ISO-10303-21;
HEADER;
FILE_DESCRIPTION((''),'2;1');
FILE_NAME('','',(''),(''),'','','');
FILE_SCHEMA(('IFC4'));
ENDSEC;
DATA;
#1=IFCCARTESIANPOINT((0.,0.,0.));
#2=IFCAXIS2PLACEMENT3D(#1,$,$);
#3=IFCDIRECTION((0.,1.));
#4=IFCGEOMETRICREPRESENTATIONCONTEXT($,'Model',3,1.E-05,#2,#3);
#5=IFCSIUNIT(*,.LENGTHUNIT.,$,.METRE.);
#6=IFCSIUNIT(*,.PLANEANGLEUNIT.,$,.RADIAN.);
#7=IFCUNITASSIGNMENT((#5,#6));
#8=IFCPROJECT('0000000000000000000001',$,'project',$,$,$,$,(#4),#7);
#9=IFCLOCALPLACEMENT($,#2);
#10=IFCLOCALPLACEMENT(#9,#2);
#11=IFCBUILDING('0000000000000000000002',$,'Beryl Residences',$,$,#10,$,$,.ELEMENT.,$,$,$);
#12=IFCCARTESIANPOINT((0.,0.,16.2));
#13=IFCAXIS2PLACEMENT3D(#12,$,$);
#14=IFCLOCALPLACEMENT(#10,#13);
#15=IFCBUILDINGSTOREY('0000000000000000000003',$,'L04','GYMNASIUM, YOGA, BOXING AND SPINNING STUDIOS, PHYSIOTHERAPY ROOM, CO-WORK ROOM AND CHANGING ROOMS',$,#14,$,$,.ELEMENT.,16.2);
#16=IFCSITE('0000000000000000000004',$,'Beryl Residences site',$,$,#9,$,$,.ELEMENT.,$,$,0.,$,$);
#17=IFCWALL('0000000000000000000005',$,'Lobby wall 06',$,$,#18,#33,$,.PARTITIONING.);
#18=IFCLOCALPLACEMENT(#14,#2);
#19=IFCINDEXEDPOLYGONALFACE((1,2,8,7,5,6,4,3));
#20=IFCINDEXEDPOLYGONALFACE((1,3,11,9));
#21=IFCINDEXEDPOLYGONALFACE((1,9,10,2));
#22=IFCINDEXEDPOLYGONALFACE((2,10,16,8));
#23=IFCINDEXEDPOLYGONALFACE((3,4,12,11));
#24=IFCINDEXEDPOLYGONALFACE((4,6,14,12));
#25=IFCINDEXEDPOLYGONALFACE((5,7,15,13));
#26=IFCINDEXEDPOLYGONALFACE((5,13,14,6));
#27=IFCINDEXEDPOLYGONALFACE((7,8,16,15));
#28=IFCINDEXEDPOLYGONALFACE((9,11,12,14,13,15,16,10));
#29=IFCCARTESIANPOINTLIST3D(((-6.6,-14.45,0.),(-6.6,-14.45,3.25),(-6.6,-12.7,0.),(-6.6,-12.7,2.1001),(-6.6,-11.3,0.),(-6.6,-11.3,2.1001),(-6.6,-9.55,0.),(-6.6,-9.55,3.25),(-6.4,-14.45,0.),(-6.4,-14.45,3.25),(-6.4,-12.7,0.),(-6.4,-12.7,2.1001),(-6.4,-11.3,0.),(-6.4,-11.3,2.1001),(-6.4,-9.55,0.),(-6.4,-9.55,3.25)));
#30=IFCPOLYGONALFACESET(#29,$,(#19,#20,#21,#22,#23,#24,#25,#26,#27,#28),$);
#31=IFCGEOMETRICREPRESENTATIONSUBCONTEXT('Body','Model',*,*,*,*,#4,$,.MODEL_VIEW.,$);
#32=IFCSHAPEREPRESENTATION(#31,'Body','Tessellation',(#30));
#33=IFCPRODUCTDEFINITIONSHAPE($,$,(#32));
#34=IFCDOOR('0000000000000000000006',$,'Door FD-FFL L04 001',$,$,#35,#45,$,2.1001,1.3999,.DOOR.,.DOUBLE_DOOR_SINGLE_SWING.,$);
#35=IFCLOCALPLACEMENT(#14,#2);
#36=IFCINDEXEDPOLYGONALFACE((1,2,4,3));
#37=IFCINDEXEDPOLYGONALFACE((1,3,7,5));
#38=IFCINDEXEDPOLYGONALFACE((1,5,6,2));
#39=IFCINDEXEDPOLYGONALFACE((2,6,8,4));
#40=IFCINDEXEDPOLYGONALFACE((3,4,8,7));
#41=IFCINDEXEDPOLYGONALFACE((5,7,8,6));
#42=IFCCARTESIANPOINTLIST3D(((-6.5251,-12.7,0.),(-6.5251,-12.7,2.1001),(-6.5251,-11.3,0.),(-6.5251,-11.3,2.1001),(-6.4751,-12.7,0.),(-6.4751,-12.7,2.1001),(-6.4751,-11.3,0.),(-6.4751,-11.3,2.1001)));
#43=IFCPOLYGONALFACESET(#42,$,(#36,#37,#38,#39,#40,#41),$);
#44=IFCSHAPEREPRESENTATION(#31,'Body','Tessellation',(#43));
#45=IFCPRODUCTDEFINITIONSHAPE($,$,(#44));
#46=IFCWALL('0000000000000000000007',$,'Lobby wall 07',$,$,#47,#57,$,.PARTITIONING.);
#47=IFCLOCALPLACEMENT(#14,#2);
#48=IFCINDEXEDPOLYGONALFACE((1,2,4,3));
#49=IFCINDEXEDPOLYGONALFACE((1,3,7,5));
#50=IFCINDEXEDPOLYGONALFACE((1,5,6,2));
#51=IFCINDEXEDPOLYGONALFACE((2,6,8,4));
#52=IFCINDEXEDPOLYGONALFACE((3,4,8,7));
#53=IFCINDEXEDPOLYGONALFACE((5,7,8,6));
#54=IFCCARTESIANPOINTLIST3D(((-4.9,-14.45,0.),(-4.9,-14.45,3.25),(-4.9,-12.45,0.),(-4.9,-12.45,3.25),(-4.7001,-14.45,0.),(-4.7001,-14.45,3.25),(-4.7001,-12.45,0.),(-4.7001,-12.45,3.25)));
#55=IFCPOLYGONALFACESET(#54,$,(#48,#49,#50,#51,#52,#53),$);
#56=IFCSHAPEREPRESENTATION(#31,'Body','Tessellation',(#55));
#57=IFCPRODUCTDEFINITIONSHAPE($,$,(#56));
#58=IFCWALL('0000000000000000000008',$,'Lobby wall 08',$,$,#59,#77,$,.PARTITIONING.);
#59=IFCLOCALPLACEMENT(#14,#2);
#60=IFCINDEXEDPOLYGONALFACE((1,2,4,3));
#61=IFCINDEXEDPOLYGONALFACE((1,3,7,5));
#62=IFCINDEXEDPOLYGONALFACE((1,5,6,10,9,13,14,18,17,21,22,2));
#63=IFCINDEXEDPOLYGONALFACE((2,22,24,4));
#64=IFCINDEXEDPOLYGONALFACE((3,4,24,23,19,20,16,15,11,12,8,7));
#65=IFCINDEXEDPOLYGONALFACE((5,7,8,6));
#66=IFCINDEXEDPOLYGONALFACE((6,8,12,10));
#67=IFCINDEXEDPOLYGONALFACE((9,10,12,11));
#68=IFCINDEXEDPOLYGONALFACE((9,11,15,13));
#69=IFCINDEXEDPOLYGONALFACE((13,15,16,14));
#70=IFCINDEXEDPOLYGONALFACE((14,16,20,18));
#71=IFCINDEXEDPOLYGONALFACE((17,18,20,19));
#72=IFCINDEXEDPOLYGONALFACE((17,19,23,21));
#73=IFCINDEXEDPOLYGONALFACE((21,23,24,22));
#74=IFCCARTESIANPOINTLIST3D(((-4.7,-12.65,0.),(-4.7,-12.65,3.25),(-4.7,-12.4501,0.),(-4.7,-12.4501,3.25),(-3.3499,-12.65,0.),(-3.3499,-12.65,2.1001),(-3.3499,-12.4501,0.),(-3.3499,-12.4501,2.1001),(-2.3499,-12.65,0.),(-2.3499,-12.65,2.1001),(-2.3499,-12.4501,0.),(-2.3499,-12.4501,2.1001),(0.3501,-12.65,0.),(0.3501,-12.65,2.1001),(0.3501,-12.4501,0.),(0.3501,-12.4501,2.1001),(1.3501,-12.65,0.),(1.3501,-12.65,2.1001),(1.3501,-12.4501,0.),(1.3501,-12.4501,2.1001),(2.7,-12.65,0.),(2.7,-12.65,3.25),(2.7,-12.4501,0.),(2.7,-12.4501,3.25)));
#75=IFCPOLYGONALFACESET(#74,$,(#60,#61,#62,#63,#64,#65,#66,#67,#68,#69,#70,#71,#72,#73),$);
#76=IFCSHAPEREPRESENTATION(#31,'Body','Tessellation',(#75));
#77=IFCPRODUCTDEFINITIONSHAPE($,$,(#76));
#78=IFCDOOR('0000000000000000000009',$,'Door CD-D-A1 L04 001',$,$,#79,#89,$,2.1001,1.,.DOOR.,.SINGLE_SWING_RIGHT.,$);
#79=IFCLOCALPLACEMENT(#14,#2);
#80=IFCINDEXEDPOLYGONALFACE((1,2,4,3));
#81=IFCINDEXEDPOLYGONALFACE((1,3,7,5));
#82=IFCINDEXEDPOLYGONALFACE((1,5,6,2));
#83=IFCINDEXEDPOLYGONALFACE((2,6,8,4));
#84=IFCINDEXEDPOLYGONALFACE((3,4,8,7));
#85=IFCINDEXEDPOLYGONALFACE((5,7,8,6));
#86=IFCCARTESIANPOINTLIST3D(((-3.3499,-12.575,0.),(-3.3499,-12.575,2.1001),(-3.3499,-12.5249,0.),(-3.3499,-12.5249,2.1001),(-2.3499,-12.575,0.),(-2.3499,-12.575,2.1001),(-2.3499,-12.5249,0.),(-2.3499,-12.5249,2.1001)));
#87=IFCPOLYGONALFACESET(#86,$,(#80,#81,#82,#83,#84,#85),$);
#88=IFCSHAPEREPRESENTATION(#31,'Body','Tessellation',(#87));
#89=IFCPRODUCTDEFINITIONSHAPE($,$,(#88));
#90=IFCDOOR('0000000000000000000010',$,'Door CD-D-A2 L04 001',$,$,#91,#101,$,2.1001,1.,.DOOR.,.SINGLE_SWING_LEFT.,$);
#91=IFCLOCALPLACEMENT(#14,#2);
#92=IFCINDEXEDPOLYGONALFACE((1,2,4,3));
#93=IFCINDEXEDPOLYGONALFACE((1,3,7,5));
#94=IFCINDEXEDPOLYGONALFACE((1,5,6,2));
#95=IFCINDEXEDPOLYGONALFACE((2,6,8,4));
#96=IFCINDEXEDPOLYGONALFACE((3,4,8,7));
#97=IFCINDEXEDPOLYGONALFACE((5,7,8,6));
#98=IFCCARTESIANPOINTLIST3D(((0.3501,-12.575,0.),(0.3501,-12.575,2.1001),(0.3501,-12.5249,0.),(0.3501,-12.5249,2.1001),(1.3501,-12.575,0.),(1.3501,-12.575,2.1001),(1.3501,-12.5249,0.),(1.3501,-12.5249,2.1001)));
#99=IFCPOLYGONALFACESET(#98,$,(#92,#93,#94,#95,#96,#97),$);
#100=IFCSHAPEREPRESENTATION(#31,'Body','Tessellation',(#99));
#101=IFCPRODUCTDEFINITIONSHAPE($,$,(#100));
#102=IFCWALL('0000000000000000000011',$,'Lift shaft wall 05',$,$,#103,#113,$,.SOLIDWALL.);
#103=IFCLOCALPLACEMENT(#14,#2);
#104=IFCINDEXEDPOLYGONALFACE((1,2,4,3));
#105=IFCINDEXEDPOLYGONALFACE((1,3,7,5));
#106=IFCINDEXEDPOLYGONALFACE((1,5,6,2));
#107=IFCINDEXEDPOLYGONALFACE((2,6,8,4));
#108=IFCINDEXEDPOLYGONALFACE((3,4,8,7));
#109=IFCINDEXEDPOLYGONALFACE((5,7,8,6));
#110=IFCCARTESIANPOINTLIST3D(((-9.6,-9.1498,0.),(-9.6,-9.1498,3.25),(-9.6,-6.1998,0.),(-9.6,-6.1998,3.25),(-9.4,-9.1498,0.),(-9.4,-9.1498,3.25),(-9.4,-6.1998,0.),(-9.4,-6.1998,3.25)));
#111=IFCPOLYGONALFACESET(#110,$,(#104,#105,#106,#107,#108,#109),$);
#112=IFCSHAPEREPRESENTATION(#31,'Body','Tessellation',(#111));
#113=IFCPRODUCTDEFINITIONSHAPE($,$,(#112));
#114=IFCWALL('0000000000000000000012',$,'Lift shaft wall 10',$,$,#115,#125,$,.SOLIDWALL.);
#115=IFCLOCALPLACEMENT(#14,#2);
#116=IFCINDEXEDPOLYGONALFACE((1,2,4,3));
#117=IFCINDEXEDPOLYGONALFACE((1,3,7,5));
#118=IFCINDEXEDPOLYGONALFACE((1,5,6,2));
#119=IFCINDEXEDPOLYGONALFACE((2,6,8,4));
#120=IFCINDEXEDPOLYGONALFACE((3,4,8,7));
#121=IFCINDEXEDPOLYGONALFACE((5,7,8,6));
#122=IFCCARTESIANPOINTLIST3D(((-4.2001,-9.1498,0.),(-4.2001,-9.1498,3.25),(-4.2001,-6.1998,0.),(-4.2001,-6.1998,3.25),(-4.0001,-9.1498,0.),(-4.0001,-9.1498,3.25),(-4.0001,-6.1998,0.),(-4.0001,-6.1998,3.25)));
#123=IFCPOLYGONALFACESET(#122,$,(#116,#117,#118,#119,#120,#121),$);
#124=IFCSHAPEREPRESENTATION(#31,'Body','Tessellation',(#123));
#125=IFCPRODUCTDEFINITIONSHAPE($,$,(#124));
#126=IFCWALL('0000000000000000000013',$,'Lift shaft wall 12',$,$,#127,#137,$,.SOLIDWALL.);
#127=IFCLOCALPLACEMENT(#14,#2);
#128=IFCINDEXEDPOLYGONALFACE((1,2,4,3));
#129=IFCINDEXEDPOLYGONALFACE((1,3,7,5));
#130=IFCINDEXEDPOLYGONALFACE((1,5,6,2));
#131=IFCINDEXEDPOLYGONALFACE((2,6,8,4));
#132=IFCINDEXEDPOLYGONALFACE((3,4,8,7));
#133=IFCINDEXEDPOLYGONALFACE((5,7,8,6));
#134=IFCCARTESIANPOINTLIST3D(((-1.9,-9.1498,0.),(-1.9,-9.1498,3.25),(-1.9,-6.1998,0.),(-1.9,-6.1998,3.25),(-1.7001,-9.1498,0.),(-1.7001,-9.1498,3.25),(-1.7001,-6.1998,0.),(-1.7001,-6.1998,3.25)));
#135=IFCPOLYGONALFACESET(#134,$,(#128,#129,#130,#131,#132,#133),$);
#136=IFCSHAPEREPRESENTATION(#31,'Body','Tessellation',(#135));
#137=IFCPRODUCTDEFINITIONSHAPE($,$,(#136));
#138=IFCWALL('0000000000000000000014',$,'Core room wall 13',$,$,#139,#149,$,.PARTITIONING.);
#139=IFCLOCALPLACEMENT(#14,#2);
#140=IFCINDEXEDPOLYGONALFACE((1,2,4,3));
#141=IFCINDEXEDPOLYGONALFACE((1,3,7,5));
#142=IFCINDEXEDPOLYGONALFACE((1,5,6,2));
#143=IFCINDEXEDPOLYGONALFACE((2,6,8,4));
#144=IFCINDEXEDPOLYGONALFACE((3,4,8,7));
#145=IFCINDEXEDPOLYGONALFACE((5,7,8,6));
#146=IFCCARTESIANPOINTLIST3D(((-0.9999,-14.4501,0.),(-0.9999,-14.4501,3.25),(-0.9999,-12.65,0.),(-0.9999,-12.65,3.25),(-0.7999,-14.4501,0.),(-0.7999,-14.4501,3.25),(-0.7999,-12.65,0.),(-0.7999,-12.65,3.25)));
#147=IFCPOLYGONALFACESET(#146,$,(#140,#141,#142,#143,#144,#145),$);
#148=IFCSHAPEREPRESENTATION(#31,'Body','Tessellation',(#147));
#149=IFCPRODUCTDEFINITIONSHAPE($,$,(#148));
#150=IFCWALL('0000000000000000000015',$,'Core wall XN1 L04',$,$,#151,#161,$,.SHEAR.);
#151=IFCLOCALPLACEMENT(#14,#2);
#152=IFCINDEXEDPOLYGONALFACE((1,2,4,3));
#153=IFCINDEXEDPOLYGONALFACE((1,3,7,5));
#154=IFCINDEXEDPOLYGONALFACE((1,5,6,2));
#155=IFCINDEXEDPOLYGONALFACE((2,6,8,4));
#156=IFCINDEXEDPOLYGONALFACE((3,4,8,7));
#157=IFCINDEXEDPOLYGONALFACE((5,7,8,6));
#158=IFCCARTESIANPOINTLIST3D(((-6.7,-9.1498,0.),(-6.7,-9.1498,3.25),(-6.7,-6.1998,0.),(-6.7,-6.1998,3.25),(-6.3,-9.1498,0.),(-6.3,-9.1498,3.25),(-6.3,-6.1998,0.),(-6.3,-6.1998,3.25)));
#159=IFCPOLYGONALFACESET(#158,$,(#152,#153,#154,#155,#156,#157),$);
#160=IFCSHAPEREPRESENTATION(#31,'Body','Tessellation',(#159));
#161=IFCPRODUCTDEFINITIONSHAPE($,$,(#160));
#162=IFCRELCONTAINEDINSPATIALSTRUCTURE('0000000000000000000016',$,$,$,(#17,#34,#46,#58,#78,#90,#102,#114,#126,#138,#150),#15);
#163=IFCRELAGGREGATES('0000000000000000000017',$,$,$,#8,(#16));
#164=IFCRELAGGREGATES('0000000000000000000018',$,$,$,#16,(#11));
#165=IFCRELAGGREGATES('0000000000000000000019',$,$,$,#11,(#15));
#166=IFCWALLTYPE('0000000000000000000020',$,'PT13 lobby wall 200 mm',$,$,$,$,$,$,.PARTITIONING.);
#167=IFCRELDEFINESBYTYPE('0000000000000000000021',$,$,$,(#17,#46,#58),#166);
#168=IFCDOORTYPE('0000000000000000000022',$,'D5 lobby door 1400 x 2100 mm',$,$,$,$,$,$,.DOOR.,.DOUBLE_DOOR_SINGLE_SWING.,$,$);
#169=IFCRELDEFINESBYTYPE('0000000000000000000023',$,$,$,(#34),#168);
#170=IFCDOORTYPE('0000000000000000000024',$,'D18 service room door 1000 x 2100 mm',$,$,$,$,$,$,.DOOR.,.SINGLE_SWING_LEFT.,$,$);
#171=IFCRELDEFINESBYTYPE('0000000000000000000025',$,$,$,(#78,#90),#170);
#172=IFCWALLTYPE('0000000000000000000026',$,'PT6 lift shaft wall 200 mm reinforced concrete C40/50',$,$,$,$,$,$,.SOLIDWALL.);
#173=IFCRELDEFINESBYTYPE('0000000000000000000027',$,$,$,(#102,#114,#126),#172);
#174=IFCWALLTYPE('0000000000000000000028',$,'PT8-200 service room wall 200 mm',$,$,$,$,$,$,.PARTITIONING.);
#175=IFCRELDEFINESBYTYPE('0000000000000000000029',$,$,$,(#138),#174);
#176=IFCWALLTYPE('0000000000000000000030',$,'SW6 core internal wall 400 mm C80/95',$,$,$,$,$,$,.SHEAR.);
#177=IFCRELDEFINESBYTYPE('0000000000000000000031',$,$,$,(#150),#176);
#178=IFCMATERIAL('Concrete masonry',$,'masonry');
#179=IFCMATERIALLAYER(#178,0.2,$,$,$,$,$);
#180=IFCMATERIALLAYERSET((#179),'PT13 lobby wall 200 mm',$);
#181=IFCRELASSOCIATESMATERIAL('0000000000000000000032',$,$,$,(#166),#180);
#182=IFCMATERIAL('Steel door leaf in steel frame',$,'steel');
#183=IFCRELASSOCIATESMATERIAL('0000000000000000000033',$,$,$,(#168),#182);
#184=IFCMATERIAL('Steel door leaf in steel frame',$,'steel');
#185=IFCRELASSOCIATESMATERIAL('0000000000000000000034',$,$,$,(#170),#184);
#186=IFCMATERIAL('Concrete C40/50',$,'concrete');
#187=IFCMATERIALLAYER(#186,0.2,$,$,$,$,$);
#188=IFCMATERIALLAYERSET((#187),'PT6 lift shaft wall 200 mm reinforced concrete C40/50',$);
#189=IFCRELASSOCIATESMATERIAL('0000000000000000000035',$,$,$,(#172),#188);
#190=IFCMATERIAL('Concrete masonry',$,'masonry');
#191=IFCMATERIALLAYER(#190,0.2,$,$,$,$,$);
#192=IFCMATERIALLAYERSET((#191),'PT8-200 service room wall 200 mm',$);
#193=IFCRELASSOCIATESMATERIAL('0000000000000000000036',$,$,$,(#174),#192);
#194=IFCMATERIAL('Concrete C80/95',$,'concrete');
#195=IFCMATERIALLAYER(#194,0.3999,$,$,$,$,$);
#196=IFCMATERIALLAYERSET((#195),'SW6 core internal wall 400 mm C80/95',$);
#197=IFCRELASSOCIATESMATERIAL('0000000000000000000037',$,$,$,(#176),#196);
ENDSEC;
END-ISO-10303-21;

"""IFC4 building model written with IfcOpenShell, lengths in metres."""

from ifc_helpers import new_model, si_unit, direction, frame, frame_2d, origin, place, context, subcontext, project, spatial, rectangle, extrude, material, layer, layer_set, type_object, element, fill, save


model = new_model("IFC4")

# Units and contexts
model_context = context("Model", 3, precision=1e-05, world=origin(), true_north=direction((0.0, 1.0)))
body_context = subcontext(model_context, "Body", "Model", "MODEL_VIEW")
ifc_project = project(units=[si_unit("LENGTHUNIT", "METRE"), si_unit("PLANEANGLEUNIT", "RADIAN")], contexts=[model_context])

# Site, building, storey
site_placement = place(None, origin())
site = spatial("IfcSite", under=ifc_project, at=site_placement, Name="Beryl Residences site", CompositionType="ELEMENT", RefElevation=0.0)
building_placement = place(site_placement, origin())
building = spatial("IfcBuilding", under=site, at=building_placement, Name="Beryl Residences", CompositionType="ELEMENT")
storey_placement = place(building_placement, frame((0.0, 0.0, 16.2)))
storey = spatial("IfcBuildingStorey", under=building, at=storey_placement, Name="L04", Description="GYMNASIUM, YOGA, BOXING AND SPINNING STUDIOS, PHYSIOTHERAPY ROOM, CO-WORK ROOM AND CHANGING ROOMS", CompositionType="ELEMENT", Elevation=16.2)

# Wall, opening, door
ifc_material_1 = material(Name="Concrete masonry", Category="masonry")
ifc_layer_1 = layer(ifc_material_1, 0.2)
ifc_layer_set_1 = layer_set([ifc_layer_1], Name="PT13 lobby wall 200 mm")
wall_type_1 = type_object("IfcWallType", Name="PT13 lobby wall 200 mm", PredefinedType="PARTITIONING", material=ifc_layer_set_1)
wall_1_placement = place(storey_placement, frame((-6.5, -14.45, 0.0), z_axis=(0.0, 0.0, 1.0), x_axis=(0.0, 1.0, 0.0)))
wall_1 = element("IfcWall", 1, at=wall_1_placement, inside=storey, type_object=wall_type_1, Name="Lobby wall 06", PredefinedType="PARTITIONING", context=body_context, shape_type="SweptSolid", body=[
    extrude(rectangle(XDim=4.8999, YDim=0.2, at=frame_2d((2.45, 0.0))), origin(), (0.0, 0.0, 1.0), 3.25),
])
opening_1_placement = place(wall_1_placement, frame((3.1499, 0.0, 0.0), z_axis=(0.0, 0.0, 1.0), x_axis=(-1.0, 0.0, 0.0)))
opening_1 = element("IfcOpeningElement", 2, at=opening_1_placement, cuts=wall_1, PredefinedType="OPENING", context=body_context, shape_type="SweptSolid", body=[
    extrude(rectangle(XDim=1.3999, YDim=2.1001, at=frame_2d((0.7, 1.05))), frame((0.0, 0.1099, 0.0), z_axis=(0.0, -1.0, 0.0), x_axis=(1.0, 0.0, 0.0)), (0.0, 0.0, 1.0), 0.22),
])
ifc_material_2 = material(Name="Steel door leaf in steel frame", Category="steel")
door_type_1 = type_object("IfcDoorType", Name="D5 lobby door 1400 x 2100 mm", OperationType="DOUBLE_DOOR_SINGLE_SWING", PredefinedType="DOOR", material=ifc_material_2)
door_1_placement = place(opening_1_placement, origin())
door_1 = element("IfcDoor", 3, at=door_1_placement, inside=storey, type_object=door_type_1, Name="Door FD-FFL L04 001", OperationType="DOUBLE_DOOR_SINGLE_SWING", OverallHeight=2.1001, OverallWidth=1.3999, PredefinedType="DOOR", context=body_context, shape_type="SweptSolid", body=[
    extrude(rectangle(XDim=1.3999, YDim=2.1001, at=frame_2d((0.7, 1.05))), frame((0.0, 0.0249, 0.0), z_axis=(0.0, -1.0, 0.0), x_axis=(1.0, 0.0, 0.0)), (0.0, 0.0, 1.0), 0.05),
])
fill(opening_1, door_1)

# Wall
wall_2_placement = place(storey_placement, frame((-4.8, -14.45, 0.0), z_axis=(0.0, 0.0, 1.0), x_axis=(0.0, 1.0, 0.0)))
element("IfcWall", 4, at=wall_2_placement, inside=storey, type_object=wall_type_1, Name="Lobby wall 07", PredefinedType="PARTITIONING", context=body_context, shape_type="SweptSolid", body=[
    extrude(rectangle(XDim=2.0, YDim=0.2, at=frame_2d((1.0, 0.0))), origin(), (0.0, 0.0, 1.0), 3.25),
])

# Wall, openings, doors
wall_3_placement = place(storey_placement, frame((-4.7, -12.55, 0.0), z_axis=(0.0, 0.0, 1.0), x_axis=(1.0, 0.0, 0.0)))
wall_3 = element("IfcWall", 5, at=wall_3_placement, inside=storey, type_object=wall_type_1, Name="Lobby wall 08", PredefinedType="PARTITIONING", context=body_context, shape_type="SweptSolid", body=[
    extrude(rectangle(XDim=7.3999, YDim=0.2, at=frame_2d((3.7, 0.0))), origin(), (0.0, 0.0, 1.0), 3.25),
])
opening_2_placement = place(wall_3_placement, frame((2.3501, 0.0, 0.0), z_axis=(0.0, 0.0, 1.0), x_axis=(-1.0, 0.0, 0.0)))
opening_2 = element("IfcOpeningElement", 6, at=opening_2_placement, cuts=wall_3, PredefinedType="OPENING", context=body_context, shape_type="SweptSolid", body=[
    extrude(rectangle(XDim=1.0, YDim=2.1001, at=frame_2d((0.5, 1.05))), frame((0.0, 0.1099, 0.0), z_axis=(0.0, -1.0, 0.0), x_axis=(1.0, 0.0, 0.0)), (0.0, 0.0, 1.0), 0.22),
])
opening_3_placement = place(wall_3_placement, frame((6.05, 0.0, 0.0), z_axis=(0.0, 0.0, 1.0), x_axis=(-1.0, 0.0, 0.0)))
opening_3 = element("IfcOpeningElement", 7, at=opening_3_placement, cuts=wall_3, PredefinedType="OPENING", context=body_context, shape_type="SweptSolid", body=[
    extrude(rectangle(XDim=1.0, YDim=2.1001, at=frame_2d((0.5, 1.05))), frame((0.0, 0.1099, 0.0), z_axis=(0.0, -1.0, 0.0), x_axis=(1.0, 0.0, 0.0)), (0.0, 0.0, 1.0), 0.22),
])
ifc_material_3 = material(Name="Steel door leaf in steel frame", Category="steel")
door_type_2 = type_object("IfcDoorType", Name="D18 service room door 1000 x 2100 mm", OperationType="SINGLE_SWING_LEFT", PredefinedType="DOOR", material=ifc_material_3)
door_2_placement = place(opening_2_placement, origin())
door_2 = element("IfcDoor", 8, at=door_2_placement, inside=storey, type_object=door_type_2, Name="Door CD-D-A1 L04 001", OperationType="SINGLE_SWING_RIGHT", OverallHeight=2.1001, OverallWidth=1.0, PredefinedType="DOOR", context=body_context, shape_type="SweptSolid", body=[
    extrude(rectangle(XDim=1.0, YDim=2.1001, at=frame_2d((0.5, 1.05))), frame((0.0, 0.0249, 0.0), z_axis=(0.0, -1.0, 0.0), x_axis=(1.0, 0.0, 0.0)), (0.0, 0.0, 1.0), 0.05),
])
fill(opening_2, door_2)
door_3_placement = place(opening_3_placement, origin())
door_3 = element("IfcDoor", 9, at=door_3_placement, inside=storey, type_object=door_type_2, Name="Door CD-D-A2 L04 001", OperationType="SINGLE_SWING_LEFT", OverallHeight=2.1001, OverallWidth=1.0, PredefinedType="DOOR", context=body_context, shape_type="SweptSolid", body=[
    extrude(rectangle(XDim=1.0, YDim=2.1001, at=frame_2d((0.5, 1.05))), frame((0.0, 0.0249, 0.0), z_axis=(0.0, -1.0, 0.0), x_axis=(1.0, 0.0, 0.0)), (0.0, 0.0, 1.0), 0.05),
])
fill(opening_3, door_3)

# Walls
ifc_material_4 = material(Name="Concrete C40/50", Category="concrete")
ifc_layer_2 = layer(ifc_material_4, 0.2)
ifc_layer_set_2 = layer_set([ifc_layer_2], Name="PT6 lift shaft wall 200 mm reinforced concrete C40/50")
wall_type_2 = type_object("IfcWallType", Name="PT6 lift shaft wall 200 mm reinforced concrete C40/50", PredefinedType="SOLIDWALL", material=ifc_layer_set_2)
for number, where, z_axis, x_axis, name in (
    (10, (-9.5, -9.1499, 0.0), (0.0, 0.0, 1.0), (0.0, 1.0, 0.0), "Lift shaft wall 05"),
    (11, (-4.1001, -9.1499, 0.0), (0.0, 0.0, 1.0), (0.0, 1.0, 0.0), "Lift shaft wall 10"),
    (12, (-1.8, -9.1499, 0.0), (0.0, 0.0, 1.0), (0.0, 1.0, 0.0), "Lift shaft wall 12"),
):
    element("IfcWall", number, at=place(storey_placement, frame(where, z_axis=z_axis, x_axis=x_axis)), inside=storey, type_object=wall_type_2, Name=name, PredefinedType="SOLIDWALL", context=body_context, shape_type="SweptSolid", body=[
        extrude(rectangle(XDim=2.95, YDim=0.2, at=frame_2d((1.4751, 0.0))), origin(), (0.0, 0.0, 1.0), 3.25),
    ])
ifc_material_5 = material(Name="Concrete masonry", Category="masonry")
ifc_layer_3 = layer(ifc_material_5, 0.2)
ifc_layer_set_3 = layer_set([ifc_layer_3], Name="PT8-200 service room wall 200 mm")
wall_type_3 = type_object("IfcWallType", Name="PT8-200 service room wall 200 mm", PredefinedType="PARTITIONING", material=ifc_layer_set_3)
wall_4_placement = place(storey_placement, frame((-0.8999, -14.45, 0.0), z_axis=(0.0, 0.0, 1.0), x_axis=(0.0, 1.0, 0.0)))
element("IfcWall", 13, at=wall_4_placement, inside=storey, type_object=wall_type_3, Name="Core room wall 13", PredefinedType="PARTITIONING", context=body_context, shape_type="SweptSolid", body=[
    extrude(rectangle(XDim=1.8, YDim=0.2, at=frame_2d((0.8999, 0.0))), origin(), (0.0, 0.0, 1.0), 3.25),
])
ifc_material_6 = material(Name="Concrete C80/95", Category="concrete")
ifc_layer_4 = layer(ifc_material_6, 0.3999)
ifc_layer_set_4 = layer_set([ifc_layer_4], Name="SW6 core internal wall 400 mm C80/95")
wall_type_4 = type_object("IfcWallType", Name="SW6 core internal wall 400 mm C80/95", PredefinedType="SHEAR", material=ifc_layer_set_4)
wall_5_placement = place(storey_placement, frame((-6.5, -9.1499, 0.0), z_axis=(0.0, 0.0, 1.0), x_axis=(0.0, 1.0, 0.0)))
element("IfcWall", 14, at=wall_5_placement, inside=storey, type_object=wall_type_4, Name="Core wall XN1 L04", PredefinedType="SHEAR", context=body_context, shape_type="SweptSolid", body=[
    extrude(rectangle(XDim=2.95, YDim=0.3999, at=frame_2d((1.4751, 0.0))), origin(), (0.0, 0.0, 1.0), 3.25),
])

save(model, "model.ifc")
